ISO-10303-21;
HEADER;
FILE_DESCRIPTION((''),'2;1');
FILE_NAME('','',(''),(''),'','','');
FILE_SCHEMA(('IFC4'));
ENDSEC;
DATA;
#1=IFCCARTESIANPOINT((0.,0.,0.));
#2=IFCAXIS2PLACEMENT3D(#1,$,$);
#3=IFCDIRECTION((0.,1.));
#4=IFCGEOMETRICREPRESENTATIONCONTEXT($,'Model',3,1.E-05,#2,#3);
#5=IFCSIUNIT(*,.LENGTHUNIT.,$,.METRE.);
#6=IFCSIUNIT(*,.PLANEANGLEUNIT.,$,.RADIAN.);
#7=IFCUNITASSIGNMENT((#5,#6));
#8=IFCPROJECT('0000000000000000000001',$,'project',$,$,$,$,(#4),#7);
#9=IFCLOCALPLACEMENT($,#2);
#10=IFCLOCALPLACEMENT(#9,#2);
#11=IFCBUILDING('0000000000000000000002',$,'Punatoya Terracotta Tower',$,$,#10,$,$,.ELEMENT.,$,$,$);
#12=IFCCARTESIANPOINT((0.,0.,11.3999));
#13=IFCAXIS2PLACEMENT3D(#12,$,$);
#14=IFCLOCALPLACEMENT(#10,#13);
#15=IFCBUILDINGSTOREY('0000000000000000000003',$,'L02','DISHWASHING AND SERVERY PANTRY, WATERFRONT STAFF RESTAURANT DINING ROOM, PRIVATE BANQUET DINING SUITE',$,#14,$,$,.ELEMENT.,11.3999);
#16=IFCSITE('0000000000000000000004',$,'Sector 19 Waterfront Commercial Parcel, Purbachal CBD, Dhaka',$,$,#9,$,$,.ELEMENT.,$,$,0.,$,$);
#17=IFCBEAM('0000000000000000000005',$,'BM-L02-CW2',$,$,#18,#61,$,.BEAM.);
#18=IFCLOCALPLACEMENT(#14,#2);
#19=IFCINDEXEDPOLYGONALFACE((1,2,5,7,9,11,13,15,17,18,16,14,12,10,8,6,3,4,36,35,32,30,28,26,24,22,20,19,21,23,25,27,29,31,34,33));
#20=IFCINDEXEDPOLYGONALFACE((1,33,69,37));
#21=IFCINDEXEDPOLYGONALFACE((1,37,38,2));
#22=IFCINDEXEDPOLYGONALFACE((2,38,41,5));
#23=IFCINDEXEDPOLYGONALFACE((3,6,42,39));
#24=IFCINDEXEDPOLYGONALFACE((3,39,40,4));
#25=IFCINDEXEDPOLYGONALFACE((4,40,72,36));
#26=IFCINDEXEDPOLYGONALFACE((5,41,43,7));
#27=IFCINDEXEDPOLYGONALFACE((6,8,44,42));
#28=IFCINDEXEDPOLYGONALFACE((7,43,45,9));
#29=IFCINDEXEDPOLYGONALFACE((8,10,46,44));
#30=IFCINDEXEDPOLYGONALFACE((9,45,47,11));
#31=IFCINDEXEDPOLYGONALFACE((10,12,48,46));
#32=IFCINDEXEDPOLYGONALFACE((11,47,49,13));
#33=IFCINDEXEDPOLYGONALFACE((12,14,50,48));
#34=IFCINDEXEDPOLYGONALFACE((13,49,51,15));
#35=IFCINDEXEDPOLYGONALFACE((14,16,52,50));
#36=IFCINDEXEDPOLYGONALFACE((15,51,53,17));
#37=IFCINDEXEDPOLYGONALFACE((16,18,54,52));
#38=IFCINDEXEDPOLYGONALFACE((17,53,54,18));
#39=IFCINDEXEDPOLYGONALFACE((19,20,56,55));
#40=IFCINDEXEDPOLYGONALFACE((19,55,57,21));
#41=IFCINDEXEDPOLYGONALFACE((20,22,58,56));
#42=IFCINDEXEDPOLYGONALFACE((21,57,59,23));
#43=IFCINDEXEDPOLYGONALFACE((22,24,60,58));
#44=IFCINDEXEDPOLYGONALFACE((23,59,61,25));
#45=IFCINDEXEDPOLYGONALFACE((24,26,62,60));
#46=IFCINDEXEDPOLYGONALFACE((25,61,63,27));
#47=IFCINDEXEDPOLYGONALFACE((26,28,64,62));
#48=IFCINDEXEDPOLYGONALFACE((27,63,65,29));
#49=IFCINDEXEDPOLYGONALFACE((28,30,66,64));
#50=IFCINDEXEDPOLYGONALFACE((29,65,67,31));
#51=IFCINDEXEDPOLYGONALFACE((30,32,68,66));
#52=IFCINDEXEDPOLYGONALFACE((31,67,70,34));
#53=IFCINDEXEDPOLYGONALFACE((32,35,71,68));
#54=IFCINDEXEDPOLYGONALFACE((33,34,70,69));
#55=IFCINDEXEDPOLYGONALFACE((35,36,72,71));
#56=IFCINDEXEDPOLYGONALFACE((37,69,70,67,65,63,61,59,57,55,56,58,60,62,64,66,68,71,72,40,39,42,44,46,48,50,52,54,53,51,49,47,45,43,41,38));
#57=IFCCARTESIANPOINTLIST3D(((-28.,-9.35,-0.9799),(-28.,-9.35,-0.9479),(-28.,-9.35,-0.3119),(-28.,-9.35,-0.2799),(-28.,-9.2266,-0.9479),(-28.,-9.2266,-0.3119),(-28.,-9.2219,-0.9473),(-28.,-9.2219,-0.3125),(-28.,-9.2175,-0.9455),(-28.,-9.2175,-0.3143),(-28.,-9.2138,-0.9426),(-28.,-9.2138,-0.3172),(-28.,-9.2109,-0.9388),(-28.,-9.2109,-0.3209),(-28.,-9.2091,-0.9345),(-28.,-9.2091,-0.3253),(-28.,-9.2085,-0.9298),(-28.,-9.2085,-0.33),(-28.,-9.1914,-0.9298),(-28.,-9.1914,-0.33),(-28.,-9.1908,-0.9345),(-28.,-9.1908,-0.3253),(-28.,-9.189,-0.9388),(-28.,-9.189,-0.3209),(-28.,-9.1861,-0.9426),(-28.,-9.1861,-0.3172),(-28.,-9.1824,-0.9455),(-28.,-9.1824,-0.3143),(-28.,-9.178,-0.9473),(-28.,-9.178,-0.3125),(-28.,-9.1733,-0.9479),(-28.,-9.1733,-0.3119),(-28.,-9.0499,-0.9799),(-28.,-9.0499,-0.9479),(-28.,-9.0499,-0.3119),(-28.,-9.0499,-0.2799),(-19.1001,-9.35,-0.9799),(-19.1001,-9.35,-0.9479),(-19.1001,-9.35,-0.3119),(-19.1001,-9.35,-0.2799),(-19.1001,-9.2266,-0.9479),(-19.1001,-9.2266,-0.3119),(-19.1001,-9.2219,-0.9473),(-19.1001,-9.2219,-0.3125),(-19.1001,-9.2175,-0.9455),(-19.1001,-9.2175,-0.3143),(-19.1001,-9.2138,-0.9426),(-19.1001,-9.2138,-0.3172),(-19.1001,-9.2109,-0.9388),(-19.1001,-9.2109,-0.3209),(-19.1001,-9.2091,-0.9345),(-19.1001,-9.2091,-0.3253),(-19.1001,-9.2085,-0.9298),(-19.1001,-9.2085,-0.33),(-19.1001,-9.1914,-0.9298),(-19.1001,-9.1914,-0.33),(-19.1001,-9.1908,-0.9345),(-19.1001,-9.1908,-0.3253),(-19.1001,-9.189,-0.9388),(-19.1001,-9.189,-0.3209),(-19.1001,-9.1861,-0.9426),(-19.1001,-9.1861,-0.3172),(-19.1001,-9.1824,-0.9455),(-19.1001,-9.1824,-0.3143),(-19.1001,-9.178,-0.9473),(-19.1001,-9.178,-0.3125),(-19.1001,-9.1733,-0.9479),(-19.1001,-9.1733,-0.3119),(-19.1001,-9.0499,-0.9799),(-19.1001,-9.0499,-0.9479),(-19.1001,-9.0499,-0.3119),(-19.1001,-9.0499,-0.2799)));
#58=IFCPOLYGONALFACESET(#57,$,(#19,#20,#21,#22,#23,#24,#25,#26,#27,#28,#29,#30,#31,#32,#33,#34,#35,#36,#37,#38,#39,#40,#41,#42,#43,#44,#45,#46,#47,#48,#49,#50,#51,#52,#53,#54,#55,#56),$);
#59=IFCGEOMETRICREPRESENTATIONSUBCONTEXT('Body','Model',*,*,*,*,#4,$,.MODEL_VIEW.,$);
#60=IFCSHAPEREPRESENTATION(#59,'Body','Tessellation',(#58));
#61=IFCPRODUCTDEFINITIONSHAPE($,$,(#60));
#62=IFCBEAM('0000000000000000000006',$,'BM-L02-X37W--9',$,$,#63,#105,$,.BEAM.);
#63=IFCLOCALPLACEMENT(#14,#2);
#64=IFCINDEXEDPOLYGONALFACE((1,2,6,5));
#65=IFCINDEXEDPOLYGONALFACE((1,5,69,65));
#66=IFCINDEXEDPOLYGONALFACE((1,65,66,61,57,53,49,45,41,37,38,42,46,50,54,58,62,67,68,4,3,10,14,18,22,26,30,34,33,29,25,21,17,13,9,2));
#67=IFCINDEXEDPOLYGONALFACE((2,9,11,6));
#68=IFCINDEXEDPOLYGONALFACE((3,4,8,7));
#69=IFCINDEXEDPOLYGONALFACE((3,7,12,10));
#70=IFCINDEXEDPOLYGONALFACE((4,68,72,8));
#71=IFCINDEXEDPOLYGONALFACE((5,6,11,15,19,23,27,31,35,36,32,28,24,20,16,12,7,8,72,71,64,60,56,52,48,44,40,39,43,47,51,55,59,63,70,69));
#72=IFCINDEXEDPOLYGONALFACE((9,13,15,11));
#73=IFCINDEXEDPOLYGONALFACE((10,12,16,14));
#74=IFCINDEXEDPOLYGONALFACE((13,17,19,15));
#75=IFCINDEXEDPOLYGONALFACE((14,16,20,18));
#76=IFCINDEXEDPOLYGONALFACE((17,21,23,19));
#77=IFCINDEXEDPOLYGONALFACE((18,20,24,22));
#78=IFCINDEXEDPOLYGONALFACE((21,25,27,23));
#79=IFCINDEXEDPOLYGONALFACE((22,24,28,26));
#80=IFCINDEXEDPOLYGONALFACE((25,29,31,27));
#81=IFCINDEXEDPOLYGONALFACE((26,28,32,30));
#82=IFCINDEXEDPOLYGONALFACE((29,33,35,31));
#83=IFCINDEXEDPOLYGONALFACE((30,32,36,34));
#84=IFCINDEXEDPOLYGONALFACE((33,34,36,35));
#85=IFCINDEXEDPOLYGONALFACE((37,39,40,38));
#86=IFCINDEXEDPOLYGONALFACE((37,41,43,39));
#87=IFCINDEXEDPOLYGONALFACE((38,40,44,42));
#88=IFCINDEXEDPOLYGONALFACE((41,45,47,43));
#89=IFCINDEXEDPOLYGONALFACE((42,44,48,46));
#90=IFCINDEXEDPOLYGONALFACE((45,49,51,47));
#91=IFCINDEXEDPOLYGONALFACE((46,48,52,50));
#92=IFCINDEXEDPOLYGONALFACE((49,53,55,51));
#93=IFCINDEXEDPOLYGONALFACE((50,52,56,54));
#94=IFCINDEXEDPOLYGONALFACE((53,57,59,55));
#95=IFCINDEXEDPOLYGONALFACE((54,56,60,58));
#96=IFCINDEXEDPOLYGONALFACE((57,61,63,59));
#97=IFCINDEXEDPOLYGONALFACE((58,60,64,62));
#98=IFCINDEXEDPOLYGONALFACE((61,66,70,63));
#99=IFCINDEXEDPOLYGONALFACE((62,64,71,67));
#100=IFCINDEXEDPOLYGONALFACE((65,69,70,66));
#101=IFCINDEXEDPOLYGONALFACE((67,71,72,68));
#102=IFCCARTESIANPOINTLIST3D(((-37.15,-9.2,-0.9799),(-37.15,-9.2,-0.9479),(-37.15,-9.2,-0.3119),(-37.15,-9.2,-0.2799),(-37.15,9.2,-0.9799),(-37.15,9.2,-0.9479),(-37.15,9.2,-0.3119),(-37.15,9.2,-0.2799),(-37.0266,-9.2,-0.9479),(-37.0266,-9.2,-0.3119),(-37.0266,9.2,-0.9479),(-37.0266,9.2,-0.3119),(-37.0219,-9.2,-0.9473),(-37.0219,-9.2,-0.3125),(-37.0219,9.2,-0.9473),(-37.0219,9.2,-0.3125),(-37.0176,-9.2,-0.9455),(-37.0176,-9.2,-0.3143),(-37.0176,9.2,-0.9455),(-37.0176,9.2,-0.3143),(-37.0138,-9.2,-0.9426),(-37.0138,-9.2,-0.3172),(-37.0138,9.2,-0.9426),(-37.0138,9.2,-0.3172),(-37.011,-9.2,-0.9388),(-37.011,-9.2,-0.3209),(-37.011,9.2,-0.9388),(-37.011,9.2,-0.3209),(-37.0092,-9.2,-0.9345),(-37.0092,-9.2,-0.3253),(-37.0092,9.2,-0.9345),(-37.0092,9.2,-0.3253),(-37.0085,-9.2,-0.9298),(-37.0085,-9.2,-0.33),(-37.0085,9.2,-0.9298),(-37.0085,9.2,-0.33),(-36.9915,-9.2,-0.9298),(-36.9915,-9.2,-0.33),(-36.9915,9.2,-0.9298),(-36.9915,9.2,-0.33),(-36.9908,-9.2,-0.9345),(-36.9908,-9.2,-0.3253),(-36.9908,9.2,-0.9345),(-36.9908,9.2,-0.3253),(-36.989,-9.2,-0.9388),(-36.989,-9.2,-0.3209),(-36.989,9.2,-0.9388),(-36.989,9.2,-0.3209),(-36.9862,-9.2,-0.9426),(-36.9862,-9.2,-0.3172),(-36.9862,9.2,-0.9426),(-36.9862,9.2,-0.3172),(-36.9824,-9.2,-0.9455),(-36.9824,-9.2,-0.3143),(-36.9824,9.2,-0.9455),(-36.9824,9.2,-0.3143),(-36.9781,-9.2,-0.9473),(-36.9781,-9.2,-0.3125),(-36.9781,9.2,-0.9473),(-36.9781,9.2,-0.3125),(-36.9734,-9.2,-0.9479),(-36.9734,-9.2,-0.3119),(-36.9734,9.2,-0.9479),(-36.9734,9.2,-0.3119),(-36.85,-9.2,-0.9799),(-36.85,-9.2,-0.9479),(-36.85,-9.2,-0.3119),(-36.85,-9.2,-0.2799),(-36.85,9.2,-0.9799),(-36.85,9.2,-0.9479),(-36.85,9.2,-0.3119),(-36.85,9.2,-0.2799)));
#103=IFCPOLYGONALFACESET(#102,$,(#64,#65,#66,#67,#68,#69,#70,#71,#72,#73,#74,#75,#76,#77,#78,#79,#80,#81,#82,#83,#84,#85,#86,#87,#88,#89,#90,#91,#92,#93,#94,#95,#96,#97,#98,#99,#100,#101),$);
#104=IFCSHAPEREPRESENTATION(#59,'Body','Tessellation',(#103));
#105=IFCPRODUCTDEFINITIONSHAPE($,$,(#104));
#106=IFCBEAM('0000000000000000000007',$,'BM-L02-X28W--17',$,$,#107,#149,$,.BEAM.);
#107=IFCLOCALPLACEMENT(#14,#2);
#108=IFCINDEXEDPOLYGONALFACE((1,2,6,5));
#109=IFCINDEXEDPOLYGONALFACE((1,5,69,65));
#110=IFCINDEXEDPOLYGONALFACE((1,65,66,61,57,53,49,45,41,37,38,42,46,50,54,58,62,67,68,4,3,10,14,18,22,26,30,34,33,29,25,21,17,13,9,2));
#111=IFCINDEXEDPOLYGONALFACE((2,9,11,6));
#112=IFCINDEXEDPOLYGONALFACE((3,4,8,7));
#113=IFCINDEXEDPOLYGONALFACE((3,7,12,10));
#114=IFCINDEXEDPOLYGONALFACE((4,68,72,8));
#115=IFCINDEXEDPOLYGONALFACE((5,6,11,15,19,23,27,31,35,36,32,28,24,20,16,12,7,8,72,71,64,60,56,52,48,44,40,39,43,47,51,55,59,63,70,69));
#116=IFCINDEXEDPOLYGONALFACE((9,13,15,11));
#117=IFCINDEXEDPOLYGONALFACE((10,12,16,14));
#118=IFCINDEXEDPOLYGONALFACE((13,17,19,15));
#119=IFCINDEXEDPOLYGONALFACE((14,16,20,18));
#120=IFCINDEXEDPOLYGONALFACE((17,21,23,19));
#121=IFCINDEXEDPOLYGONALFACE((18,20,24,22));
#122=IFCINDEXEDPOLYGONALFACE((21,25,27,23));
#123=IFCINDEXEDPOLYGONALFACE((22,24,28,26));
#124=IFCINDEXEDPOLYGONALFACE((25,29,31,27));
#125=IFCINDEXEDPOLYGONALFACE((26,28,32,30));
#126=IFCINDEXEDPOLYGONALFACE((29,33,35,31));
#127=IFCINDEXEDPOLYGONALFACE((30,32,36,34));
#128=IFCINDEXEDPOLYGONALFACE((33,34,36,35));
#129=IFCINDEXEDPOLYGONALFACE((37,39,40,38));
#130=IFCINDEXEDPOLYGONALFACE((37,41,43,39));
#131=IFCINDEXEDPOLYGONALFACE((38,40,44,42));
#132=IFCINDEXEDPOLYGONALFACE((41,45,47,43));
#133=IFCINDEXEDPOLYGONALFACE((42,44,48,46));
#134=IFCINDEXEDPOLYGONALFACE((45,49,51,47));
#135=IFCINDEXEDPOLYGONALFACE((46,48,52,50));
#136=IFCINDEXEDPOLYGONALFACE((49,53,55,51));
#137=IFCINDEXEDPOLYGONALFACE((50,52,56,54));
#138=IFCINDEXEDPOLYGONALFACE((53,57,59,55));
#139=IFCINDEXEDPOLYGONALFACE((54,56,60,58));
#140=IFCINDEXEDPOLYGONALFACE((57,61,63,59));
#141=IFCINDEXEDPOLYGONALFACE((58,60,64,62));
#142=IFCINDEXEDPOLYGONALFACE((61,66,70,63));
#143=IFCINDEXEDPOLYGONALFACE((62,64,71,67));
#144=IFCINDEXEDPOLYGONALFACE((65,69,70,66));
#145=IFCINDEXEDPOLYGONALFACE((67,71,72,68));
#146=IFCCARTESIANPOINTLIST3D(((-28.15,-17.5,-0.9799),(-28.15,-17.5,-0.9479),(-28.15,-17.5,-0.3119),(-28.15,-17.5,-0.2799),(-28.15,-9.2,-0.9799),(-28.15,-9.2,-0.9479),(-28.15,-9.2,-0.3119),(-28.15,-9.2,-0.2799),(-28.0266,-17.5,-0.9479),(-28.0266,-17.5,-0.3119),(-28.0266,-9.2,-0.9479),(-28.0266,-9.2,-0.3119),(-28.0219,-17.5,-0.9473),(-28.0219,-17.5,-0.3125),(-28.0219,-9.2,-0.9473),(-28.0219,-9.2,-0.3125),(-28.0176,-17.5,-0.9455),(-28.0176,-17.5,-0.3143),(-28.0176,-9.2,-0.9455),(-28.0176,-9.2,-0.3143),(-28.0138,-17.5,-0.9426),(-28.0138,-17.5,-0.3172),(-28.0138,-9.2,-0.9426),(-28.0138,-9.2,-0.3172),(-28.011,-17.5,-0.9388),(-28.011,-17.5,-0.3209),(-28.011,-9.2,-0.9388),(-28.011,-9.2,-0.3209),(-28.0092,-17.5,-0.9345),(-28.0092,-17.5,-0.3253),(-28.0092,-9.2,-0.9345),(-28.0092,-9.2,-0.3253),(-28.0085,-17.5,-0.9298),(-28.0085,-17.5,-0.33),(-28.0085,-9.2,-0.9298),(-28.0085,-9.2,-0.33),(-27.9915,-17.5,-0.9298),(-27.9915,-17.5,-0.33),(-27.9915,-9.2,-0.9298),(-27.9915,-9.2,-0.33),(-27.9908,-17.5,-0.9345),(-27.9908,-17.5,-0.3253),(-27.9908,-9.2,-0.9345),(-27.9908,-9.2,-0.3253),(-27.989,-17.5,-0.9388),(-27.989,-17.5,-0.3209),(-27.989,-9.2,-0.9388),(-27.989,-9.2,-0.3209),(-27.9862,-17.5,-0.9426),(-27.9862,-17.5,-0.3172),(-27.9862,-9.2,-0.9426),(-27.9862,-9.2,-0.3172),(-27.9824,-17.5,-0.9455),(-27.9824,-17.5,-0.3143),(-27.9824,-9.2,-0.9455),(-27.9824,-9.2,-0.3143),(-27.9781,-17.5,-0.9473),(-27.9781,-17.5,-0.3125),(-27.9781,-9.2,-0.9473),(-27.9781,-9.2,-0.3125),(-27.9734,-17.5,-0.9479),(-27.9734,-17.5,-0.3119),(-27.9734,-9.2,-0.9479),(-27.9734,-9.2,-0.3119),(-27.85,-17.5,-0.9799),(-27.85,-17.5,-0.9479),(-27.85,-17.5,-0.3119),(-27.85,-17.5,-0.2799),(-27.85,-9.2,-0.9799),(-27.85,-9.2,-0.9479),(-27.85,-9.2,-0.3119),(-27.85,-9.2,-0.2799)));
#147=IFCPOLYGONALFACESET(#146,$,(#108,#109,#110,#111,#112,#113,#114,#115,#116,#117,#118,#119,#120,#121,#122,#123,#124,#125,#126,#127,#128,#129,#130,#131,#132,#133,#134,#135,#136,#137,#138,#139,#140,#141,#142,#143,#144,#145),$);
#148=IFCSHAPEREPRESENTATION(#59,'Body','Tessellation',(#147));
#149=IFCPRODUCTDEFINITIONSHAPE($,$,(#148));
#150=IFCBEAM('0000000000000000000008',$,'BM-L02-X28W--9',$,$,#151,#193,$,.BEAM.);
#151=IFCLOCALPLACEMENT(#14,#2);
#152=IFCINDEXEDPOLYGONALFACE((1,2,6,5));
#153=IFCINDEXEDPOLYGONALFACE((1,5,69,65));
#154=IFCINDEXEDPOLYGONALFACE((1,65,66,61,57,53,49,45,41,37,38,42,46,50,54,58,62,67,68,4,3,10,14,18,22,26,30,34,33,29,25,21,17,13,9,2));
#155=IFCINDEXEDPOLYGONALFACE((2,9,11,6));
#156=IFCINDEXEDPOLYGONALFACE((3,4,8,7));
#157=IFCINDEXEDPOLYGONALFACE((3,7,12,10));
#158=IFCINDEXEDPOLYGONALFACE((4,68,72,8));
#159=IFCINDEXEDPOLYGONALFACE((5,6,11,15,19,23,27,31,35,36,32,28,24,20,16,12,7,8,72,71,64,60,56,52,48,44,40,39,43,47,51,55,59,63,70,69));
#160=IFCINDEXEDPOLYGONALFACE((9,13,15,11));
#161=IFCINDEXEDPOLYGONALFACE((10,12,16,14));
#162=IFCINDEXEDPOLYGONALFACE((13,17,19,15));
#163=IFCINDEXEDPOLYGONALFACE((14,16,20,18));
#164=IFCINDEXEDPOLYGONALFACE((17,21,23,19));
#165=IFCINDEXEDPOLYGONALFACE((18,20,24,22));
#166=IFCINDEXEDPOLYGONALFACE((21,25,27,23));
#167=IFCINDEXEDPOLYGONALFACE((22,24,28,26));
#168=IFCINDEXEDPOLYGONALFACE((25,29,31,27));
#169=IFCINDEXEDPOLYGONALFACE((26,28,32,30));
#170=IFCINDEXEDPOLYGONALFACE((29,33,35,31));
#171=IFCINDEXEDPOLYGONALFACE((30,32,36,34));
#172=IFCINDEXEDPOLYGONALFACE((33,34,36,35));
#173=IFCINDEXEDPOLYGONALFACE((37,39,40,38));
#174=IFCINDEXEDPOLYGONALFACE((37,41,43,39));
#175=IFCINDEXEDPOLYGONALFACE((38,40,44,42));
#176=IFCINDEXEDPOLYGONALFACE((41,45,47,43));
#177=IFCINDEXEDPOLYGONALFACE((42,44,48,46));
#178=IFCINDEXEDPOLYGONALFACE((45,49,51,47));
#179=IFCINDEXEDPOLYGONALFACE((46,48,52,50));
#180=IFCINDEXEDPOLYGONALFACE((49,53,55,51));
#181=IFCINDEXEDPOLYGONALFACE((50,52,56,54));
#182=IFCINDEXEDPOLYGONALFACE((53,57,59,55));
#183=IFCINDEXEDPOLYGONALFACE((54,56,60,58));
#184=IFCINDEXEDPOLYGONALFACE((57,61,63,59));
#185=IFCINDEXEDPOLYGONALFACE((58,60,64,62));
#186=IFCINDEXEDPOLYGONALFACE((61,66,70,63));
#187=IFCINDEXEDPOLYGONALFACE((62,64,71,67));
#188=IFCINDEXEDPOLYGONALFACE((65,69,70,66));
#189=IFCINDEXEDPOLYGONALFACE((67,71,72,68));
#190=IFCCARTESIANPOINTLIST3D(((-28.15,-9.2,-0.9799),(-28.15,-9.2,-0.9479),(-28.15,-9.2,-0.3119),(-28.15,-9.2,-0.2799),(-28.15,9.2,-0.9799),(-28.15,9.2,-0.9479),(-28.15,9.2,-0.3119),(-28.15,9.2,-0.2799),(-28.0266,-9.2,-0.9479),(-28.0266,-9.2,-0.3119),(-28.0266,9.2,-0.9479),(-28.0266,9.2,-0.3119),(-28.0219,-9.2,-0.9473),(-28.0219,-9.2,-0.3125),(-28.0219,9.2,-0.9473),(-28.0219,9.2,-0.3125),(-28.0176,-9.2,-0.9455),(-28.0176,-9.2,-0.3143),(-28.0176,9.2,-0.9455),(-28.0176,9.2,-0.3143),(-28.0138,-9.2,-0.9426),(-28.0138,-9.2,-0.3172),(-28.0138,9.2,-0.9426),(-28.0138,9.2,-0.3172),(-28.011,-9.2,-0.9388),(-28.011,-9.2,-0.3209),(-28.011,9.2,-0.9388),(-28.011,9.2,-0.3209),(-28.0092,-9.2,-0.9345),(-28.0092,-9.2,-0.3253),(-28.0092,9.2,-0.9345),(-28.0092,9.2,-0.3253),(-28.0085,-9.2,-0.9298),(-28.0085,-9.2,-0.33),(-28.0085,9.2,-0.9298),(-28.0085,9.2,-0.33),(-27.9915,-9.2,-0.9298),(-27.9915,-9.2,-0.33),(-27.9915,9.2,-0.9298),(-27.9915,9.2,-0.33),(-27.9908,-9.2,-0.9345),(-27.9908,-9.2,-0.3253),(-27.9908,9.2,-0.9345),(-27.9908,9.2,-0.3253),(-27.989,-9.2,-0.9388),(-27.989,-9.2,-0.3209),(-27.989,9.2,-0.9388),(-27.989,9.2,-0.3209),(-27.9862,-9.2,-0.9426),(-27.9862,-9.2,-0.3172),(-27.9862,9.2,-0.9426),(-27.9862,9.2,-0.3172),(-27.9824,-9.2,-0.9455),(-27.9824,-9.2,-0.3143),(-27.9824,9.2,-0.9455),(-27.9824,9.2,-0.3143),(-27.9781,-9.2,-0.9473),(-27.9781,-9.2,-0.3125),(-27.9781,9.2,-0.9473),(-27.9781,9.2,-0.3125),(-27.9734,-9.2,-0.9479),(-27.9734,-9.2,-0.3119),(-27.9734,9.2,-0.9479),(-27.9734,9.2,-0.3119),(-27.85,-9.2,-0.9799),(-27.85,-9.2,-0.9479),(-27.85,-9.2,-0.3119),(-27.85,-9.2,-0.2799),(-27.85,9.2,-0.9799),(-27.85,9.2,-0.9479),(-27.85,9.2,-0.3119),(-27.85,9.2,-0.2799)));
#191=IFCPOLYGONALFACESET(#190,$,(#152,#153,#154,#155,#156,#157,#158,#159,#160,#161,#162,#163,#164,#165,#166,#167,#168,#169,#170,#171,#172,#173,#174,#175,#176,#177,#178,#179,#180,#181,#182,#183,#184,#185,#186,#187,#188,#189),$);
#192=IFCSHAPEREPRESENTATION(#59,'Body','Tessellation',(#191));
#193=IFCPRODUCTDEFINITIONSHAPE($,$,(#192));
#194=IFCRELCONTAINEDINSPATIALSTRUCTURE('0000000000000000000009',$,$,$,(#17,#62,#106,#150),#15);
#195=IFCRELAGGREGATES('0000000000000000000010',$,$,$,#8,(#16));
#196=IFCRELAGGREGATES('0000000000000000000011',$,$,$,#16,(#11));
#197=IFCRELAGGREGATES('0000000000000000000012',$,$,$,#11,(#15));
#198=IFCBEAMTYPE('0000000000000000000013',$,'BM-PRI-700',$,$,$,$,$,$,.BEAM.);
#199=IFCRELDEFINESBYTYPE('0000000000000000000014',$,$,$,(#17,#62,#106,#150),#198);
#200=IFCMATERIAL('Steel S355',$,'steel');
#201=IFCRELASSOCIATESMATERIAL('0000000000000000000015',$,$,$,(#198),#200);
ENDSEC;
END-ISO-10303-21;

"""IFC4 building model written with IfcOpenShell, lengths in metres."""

from ifc_helpers import new_model, si_unit, direction, frame, origin, origin_2d, place, context, subcontext, project, spatial, i_section, extrude, material, material_profile, profile_set, type_object, element, save


model = new_model("IFC4")

# Units and contexts
model_context = context("Model", 3, precision=1e-05, world=origin(), true_north=direction((0.0, 1.0)))
body_context = subcontext(model_context, "Body", "Model", "MODEL_VIEW")
ifc_project = project(units=[si_unit("LENGTHUNIT", "METRE"), si_unit("PLANEANGLEUNIT", "RADIAN")], contexts=[model_context])

# Site, building, storey
site_placement = place(None, origin())
site = spatial("IfcSite", under=ifc_project, at=site_placement, Name="Sector 19 Waterfront Commercial Parcel, Purbachal CBD, Dhaka", CompositionType="ELEMENT", RefElevation=0.0)
building_placement = place(site_placement, origin())
building = spatial("IfcBuilding", under=site, at=building_placement, Name="Punatoya Terracotta Tower", CompositionType="ELEMENT")
storey_placement = place(building_placement, frame((0.0, 0.0, 11.3999)))
storey = spatial("IfcBuildingStorey", under=building, at=storey_placement, Name="L02", Description="DISHWASHING AND SERVERY PANTRY, WATERFRONT STAFF RESTAURANT DINING ROOM, PRIVATE BANQUET DINING SUITE", CompositionType="ELEMENT", Elevation=11.3999)

# Beams
ifc_material_1 = material(Name="Steel S355", Category="steel")
ifc_material_profile_1 = material_profile(ifc_material_1, i_section(OverallWidth=0.3, OverallDepth=0.7, WebThickness=0.0171, FlangeThickness=0.032, FilletRadius=0.0181, at=origin_2d()))
ifc_profile_set_1 = profile_set([ifc_material_profile_1], Name="Steel S355")
beam_type_1 = type_object("IfcBeamType", Name="BM-PRI-700", PredefinedType="BEAM", material=ifc_profile_set_1)
beam_1_placement = place(storey_placement, frame((-28.0, -9.2, -0.6299), z_axis=(1.0, 0.0, 0.0), x_axis=(0.0, 1.0, 0.0)))
element("IfcBeam", 1, at=beam_1_placement, inside=storey, type_object=beam_type_1, Name="BM-L02-CW2", PredefinedType="BEAM", context=body_context, shape_type="SweptSolid", body=[
    extrude(i_section(OverallWidth=0.3, OverallDepth=0.7, WebThickness=0.0171, FlangeThickness=0.032, FilletRadius=0.0181, at=origin_2d()), origin(), (0.0, 0.0, 1.0), 8.8999),
])
beam_2_placement = place(storey_placement, frame((-37.0, -9.2, -0.6299), z_axis=(0.0, 1.0, 0.0), x_axis=(-1.0, 0.0, 0.0)))
element("IfcBeam", 2, at=beam_2_placement, inside=storey, type_object=beam_type_1, Name="BM-L02-X37W--9", PredefinedType="BEAM", context=body_context, shape_type="SweptSolid", body=[
    extrude(i_section(OverallWidth=0.3, OverallDepth=0.7, WebThickness=0.0171, FlangeThickness=0.032, FilletRadius=0.0181, at=origin_2d()), origin(), (0.0, 0.0, 1.0), 18.3999),
])
beam_3_placement = place(storey_placement, frame((-28.0, -17.5, -0.6299), z_axis=(0.0, 1.0, 0.0), x_axis=(-1.0, 0.0, 0.0)))
element("IfcBeam", 3, at=beam_3_placement, inside=storey, type_object=beam_type_1, Name="BM-L02-X28W--17", PredefinedType="BEAM", context=body_context, shape_type="SweptSolid", body=[
    extrude(i_section(OverallWidth=0.3, OverallDepth=0.7, WebThickness=0.0171, FlangeThickness=0.032, FilletRadius=0.0181, at=origin_2d()), origin(), (0.0, 0.0, 1.0), 8.3),
])
beam_4_placement = place(storey_placement, frame((-28.0, -9.2, -0.6299), z_axis=(0.0, 1.0, 0.0), x_axis=(-1.0, 0.0, 0.0)))
element("IfcBeam", 4, at=beam_4_placement, inside=storey, type_object=beam_type_1, Name="BM-L02-X28W--9", PredefinedType="BEAM", context=body_context, shape_type="SweptSolid", body=[
    extrude(i_section(OverallWidth=0.3, OverallDepth=0.7, WebThickness=0.0171, FlangeThickness=0.032, FilletRadius=0.0181, at=origin_2d()), origin(), (0.0, 0.0, 1.0), 18.3999),
])

save(model, "model.ifc")
